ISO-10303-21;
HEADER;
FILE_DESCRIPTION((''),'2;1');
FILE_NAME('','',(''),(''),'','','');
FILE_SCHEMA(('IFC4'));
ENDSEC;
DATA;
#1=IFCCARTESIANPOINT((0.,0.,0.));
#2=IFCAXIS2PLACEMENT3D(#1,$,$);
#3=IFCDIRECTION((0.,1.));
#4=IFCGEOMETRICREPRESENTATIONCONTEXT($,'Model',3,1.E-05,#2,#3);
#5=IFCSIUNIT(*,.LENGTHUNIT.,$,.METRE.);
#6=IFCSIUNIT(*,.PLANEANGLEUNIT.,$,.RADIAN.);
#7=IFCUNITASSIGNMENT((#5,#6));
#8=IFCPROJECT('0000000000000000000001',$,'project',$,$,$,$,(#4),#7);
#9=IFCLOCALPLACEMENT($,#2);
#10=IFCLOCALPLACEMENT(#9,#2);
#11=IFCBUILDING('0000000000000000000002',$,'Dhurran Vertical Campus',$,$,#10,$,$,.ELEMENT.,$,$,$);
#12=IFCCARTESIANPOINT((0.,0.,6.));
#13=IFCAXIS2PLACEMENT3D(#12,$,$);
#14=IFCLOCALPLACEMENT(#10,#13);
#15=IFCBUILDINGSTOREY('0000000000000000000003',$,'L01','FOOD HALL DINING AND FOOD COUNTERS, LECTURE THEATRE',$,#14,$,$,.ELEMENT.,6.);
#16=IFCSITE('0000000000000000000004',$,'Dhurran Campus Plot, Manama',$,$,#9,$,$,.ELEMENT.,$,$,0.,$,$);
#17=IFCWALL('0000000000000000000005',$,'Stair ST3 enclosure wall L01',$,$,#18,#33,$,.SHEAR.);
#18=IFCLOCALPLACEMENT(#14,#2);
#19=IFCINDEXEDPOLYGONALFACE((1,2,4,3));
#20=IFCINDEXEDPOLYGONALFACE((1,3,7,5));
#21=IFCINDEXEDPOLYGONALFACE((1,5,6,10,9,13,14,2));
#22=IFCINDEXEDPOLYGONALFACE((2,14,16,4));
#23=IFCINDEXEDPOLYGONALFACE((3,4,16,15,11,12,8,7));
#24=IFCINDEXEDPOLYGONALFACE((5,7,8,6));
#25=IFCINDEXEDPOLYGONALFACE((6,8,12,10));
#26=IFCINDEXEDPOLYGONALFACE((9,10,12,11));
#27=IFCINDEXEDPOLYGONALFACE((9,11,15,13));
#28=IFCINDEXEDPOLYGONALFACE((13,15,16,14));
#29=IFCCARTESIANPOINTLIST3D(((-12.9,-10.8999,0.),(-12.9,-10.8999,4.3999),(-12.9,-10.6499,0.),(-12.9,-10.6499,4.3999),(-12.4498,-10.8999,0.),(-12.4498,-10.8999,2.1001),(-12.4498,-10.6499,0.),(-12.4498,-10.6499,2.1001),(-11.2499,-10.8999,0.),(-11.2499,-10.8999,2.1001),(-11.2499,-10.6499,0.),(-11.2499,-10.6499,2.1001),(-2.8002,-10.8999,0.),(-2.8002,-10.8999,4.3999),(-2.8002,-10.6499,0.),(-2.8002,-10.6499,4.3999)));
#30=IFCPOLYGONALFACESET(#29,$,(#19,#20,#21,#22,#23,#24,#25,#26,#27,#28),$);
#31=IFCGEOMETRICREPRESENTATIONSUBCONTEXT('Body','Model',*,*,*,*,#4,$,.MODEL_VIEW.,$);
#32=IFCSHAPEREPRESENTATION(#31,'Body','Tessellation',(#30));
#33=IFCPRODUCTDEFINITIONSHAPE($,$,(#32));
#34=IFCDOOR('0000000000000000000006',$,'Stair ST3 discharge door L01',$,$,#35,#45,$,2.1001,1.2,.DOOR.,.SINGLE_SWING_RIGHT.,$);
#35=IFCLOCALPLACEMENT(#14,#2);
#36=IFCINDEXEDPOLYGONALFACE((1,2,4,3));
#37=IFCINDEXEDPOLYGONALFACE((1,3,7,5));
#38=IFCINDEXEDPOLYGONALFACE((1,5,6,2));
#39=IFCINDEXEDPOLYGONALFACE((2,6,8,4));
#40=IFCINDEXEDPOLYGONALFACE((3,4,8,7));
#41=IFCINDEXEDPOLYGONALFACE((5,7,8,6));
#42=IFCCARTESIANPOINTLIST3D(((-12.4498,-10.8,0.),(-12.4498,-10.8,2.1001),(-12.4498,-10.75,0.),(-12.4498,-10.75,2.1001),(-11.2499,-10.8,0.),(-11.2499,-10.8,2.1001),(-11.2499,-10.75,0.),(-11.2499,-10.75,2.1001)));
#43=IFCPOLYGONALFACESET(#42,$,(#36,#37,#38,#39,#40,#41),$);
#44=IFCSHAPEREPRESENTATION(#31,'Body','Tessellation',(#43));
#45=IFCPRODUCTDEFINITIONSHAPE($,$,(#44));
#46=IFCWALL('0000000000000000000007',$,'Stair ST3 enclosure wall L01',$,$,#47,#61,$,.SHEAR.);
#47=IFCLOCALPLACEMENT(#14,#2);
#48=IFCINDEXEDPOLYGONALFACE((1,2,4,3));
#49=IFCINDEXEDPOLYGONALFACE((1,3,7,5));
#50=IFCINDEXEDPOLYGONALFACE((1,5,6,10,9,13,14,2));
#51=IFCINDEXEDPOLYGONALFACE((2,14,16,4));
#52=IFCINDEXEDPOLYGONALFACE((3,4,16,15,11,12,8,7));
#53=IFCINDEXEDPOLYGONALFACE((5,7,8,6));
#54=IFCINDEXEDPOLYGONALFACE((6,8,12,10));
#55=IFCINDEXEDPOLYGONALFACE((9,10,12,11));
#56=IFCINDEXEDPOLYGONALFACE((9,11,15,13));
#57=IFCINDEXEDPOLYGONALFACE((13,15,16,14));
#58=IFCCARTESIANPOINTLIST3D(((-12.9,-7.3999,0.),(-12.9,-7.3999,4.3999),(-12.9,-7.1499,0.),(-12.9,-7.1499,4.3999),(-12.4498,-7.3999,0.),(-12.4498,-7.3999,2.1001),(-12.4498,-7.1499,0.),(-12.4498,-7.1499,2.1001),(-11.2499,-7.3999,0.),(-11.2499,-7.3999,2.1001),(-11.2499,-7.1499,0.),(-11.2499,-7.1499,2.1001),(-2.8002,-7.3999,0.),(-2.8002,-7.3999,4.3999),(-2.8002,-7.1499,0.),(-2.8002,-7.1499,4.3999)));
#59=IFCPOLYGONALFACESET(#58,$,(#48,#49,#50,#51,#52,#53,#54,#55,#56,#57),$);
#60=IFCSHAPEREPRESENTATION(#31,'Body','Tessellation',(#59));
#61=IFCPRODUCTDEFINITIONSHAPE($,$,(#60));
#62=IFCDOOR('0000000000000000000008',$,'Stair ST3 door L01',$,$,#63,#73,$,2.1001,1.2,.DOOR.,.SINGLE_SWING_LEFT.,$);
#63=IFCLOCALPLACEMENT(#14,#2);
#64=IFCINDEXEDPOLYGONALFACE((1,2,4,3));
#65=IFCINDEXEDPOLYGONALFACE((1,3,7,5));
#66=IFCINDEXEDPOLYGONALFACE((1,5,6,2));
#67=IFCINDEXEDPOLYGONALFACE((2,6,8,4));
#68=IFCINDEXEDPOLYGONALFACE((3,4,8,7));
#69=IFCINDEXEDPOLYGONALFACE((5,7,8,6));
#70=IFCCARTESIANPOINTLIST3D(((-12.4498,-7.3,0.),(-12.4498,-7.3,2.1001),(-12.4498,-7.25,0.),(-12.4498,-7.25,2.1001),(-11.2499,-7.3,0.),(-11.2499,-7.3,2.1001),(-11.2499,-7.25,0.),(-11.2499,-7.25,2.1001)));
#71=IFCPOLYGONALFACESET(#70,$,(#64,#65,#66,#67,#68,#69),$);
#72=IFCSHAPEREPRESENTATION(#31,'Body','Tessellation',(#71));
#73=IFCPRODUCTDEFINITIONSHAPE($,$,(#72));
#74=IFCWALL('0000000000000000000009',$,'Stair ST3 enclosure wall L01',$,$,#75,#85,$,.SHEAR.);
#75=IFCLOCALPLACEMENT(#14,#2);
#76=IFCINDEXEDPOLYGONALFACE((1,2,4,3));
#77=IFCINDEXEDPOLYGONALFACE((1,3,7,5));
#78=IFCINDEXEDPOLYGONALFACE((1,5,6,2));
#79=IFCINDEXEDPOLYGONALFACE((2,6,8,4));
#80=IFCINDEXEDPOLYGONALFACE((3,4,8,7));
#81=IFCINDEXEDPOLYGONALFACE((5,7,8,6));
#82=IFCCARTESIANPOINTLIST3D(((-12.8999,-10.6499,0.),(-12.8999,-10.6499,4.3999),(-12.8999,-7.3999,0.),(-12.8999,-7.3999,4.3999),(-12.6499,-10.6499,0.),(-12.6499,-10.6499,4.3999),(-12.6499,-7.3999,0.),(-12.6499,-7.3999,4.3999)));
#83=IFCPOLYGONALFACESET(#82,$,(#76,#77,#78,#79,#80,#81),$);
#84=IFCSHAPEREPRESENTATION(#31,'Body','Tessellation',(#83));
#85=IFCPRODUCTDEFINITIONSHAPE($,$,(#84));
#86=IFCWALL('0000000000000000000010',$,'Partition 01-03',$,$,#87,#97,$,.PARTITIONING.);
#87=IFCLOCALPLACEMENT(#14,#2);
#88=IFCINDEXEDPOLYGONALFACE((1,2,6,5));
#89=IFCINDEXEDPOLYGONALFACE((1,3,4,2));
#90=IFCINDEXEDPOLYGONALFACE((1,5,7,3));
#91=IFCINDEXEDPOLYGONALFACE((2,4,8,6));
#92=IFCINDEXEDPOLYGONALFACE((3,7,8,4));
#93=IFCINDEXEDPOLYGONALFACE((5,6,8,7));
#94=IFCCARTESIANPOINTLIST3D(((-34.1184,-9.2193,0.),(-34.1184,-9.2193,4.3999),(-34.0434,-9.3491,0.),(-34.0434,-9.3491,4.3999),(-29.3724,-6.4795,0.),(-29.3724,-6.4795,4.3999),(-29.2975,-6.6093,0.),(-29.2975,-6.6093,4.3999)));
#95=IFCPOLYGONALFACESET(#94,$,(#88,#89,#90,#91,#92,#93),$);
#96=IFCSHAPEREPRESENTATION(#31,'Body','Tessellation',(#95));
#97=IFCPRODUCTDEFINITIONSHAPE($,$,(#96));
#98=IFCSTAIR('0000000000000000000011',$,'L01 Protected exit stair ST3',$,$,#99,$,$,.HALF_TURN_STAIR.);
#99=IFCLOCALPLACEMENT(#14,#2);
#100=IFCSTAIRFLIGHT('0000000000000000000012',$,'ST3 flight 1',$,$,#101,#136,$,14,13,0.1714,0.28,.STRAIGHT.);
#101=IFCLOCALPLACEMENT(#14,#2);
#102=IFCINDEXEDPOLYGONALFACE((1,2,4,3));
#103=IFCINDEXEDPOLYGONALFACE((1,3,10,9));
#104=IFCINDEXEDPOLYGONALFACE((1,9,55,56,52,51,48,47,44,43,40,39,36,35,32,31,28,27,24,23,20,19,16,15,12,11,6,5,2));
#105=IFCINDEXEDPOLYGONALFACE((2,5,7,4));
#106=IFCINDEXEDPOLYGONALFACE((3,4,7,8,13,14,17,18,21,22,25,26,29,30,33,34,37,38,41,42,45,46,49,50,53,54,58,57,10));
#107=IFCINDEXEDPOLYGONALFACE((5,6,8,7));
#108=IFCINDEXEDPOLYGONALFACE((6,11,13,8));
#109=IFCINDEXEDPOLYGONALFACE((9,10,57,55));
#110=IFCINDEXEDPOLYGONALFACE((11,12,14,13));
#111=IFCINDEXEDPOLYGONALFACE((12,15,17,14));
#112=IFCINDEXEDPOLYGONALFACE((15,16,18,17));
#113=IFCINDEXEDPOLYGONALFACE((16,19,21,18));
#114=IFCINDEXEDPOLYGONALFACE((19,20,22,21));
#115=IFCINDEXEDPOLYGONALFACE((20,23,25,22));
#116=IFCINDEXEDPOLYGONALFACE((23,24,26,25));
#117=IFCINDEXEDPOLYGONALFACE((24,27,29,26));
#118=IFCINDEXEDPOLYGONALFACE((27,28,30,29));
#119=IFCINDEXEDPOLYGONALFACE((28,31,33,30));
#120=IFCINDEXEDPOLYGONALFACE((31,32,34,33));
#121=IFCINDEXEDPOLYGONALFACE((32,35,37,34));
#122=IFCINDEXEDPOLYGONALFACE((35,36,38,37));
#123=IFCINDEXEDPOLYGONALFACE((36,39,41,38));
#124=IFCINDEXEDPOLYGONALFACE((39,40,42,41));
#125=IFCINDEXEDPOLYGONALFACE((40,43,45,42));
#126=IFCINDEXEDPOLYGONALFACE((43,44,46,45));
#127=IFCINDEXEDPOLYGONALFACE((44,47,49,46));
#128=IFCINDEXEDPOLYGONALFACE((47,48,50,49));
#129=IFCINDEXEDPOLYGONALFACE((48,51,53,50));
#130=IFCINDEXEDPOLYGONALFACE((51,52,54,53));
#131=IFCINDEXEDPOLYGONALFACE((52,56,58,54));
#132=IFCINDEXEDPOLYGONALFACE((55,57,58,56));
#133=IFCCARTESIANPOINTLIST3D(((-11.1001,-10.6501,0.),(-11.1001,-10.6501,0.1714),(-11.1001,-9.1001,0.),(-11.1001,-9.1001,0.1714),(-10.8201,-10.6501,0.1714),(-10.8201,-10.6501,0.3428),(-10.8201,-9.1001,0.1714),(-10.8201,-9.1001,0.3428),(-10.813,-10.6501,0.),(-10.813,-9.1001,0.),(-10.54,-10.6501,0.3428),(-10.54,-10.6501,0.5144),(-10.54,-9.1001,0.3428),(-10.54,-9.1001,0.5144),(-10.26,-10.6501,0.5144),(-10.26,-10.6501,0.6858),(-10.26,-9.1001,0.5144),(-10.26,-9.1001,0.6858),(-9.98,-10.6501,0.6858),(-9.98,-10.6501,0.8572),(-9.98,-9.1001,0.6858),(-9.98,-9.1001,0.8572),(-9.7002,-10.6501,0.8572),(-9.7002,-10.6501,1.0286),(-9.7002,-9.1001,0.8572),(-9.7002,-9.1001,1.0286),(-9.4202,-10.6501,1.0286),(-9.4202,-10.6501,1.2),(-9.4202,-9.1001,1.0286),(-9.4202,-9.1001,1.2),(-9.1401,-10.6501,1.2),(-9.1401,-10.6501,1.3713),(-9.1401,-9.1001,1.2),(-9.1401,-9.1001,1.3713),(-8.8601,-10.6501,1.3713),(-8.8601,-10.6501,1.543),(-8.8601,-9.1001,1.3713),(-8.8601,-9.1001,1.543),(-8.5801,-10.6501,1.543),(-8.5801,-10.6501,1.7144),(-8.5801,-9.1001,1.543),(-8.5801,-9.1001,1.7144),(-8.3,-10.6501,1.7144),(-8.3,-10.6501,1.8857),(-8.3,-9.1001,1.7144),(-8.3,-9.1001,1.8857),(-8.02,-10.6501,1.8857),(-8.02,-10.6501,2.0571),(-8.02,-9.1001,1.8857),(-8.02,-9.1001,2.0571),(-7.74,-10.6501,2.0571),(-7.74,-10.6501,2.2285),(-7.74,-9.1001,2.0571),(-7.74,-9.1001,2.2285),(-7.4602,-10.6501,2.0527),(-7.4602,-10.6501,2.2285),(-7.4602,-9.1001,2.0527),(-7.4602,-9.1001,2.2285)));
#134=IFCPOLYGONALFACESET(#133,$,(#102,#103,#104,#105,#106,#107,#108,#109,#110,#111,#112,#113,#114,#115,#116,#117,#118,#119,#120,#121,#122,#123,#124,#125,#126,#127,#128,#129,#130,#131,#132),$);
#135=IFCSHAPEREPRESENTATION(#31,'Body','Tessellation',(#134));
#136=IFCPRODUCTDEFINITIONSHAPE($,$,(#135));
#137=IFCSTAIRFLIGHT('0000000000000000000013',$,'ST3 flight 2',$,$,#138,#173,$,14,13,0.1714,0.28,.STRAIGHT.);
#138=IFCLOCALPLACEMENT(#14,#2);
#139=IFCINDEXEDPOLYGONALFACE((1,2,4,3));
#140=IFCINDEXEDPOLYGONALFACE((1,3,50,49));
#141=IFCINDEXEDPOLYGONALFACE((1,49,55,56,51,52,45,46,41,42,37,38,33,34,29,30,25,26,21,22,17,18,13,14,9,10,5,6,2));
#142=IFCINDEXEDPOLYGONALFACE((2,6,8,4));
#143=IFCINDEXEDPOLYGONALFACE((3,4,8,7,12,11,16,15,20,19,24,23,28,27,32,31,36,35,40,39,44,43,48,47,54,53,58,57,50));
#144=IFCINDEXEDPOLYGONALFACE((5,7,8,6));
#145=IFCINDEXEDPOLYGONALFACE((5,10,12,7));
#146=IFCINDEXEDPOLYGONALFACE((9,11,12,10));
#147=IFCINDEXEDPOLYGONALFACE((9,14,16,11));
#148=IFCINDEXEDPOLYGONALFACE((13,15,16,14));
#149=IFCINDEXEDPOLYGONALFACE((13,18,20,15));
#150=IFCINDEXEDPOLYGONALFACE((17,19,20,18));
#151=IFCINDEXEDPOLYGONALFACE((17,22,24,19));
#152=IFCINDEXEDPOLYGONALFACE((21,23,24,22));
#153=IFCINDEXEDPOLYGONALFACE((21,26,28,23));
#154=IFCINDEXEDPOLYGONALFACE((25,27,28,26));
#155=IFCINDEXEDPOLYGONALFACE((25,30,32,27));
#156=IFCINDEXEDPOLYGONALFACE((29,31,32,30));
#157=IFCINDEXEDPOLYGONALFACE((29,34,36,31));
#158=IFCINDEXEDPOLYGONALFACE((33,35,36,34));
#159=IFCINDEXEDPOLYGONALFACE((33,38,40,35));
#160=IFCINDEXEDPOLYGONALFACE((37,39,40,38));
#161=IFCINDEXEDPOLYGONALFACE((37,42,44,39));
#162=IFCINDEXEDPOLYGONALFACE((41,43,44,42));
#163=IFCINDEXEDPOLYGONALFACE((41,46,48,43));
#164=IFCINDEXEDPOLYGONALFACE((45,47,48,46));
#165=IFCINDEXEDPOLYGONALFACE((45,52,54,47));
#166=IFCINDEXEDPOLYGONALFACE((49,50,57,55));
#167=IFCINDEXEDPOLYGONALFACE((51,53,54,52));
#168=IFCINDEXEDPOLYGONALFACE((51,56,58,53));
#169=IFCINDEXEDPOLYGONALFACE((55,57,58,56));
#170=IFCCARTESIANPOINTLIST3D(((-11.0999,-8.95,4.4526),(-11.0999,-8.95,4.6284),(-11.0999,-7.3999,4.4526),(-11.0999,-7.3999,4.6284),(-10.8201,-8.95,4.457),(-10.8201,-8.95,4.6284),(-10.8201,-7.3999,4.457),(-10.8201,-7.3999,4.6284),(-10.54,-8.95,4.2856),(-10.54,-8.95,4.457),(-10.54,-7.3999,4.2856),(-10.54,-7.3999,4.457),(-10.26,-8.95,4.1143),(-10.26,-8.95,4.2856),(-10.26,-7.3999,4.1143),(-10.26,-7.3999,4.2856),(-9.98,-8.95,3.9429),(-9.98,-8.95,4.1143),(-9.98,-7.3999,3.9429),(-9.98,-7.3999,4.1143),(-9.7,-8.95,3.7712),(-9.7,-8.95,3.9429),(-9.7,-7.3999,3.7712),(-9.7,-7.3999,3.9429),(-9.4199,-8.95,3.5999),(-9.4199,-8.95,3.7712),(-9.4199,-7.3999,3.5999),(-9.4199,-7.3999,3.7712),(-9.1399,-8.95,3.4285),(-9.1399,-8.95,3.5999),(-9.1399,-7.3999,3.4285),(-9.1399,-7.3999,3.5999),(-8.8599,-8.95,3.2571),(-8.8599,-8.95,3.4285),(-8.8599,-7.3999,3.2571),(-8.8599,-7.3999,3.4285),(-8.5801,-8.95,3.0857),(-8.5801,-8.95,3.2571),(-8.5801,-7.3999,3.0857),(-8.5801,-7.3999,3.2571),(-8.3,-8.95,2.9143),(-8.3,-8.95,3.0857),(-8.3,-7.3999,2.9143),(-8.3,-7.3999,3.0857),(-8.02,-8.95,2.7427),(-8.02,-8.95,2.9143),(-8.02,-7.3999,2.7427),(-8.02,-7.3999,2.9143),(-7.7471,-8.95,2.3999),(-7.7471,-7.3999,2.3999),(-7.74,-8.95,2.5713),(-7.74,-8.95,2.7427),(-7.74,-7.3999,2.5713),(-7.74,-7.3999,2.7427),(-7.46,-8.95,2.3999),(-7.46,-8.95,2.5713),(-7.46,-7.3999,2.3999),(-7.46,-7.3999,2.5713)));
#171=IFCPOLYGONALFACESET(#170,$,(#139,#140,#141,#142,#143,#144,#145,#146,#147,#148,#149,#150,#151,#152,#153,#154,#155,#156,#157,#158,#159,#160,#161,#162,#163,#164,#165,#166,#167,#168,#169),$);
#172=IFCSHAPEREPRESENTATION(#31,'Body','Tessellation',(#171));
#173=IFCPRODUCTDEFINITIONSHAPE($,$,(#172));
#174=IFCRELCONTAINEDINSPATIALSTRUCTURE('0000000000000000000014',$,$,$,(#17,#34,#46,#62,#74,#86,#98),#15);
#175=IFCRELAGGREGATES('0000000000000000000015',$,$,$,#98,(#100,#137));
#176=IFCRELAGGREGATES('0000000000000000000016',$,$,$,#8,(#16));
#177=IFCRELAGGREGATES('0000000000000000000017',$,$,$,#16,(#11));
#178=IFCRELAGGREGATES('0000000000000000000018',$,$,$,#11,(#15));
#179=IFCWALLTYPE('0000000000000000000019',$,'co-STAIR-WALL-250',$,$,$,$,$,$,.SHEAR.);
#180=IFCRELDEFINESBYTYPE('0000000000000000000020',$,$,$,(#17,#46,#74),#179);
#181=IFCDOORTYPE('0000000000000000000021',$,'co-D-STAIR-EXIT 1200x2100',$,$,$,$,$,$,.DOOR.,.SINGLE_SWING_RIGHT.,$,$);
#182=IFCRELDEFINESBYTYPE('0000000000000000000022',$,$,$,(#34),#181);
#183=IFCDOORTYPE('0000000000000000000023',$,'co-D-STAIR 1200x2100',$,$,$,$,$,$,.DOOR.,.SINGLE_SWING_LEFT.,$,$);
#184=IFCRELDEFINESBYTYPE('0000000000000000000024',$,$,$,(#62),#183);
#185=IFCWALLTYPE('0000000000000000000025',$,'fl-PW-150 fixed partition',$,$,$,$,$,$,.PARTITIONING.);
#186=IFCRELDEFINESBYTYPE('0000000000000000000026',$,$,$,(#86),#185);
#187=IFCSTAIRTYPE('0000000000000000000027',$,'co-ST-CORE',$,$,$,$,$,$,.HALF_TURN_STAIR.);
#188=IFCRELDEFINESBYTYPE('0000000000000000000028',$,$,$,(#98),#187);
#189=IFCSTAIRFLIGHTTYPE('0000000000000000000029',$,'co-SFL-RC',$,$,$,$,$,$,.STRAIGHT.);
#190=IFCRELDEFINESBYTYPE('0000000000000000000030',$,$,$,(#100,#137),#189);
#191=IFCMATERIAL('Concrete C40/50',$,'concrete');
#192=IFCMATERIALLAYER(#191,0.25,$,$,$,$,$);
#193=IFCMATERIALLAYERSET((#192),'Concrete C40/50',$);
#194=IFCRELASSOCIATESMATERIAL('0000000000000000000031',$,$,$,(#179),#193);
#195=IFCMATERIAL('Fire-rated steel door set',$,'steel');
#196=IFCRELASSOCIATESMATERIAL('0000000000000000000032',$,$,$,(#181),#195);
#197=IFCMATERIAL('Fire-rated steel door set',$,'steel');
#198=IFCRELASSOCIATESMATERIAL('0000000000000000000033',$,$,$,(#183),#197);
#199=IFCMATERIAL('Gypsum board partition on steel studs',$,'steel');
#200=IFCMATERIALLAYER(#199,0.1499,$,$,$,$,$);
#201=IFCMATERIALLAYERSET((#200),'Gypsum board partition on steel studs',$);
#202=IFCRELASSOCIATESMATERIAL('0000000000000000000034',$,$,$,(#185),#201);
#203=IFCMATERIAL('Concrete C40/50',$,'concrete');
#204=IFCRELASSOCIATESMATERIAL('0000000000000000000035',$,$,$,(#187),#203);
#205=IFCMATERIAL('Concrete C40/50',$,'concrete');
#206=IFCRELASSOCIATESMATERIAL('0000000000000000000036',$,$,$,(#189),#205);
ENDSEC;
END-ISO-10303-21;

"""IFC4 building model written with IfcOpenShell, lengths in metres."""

from ifc_helpers import new_model, si_unit, direction, frame, frame_2d, origin, place, context, subcontext, project, spatial, polyline, rectangle, outline, extrude, material, layer, layer_set, type_object, element, fill, aggregate, save


model = new_model("IFC4")

# Units and contexts
model_context = context("Model", 3, precision=1e-05, world=origin(), true_north=direction((0.0, 1.0)))
body_context = subcontext(model_context, "Body", "Model", "MODEL_VIEW")
ifc_project = project(units=[si_unit("LENGTHUNIT", "METRE"), si_unit("PLANEANGLEUNIT", "RADIAN")], contexts=[model_context])

# Site, building, storey
site_placement = place(None, origin())
site = spatial("IfcSite", under=ifc_project, at=site_placement, Name="Dhurran Campus Plot, Manama", CompositionType="ELEMENT", RefElevation=0.0)
building_placement = place(site_placement, origin())
building = spatial("IfcBuilding", under=site, at=building_placement, Name="Dhurran Vertical Campus", CompositionType="ELEMENT")
storey_placement = place(building_placement, frame((0.0, 0.0, 6.0)))
storey = spatial("IfcBuildingStorey", under=building, at=storey_placement, Name="L01", Description="FOOD HALL DINING AND FOOD COUNTERS, LECTURE THEATRE", CompositionType="ELEMENT", Elevation=6.0)

# Walls, openings, doors
ifc_material_1 = material(Name="Concrete C40/50", Category="concrete")
ifc_layer_1 = layer(ifc_material_1, 0.25)
ifc_layer_set_1 = layer_set([ifc_layer_1], Name="Concrete C40/50")
wall_type_1 = type_object("IfcWallType", Name="co-STAIR-WALL-250", PredefinedType="SHEAR", material=ifc_layer_set_1)
wall_1_placement = place(storey_placement, frame((-12.8999, -10.7749, 0.0), z_axis=(0.0, 0.0, 1.0), x_axis=(1.0, 0.0, 0.0)))
wall_1 = element("IfcWall", 1, at=wall_1_placement, inside=storey, type_object=wall_type_1, Name="Stair ST3 enclosure wall L01", PredefinedType="SHEAR", context=body_context, shape_type="SweptSolid", body=[
    extrude(rectangle(XDim=10.0999, YDim=0.25, at=frame_2d((5.0498, 0.0))), origin(), (0.0, 0.0, 1.0), 4.3999),
])
opening_1_placement = place(wall_1_placement, frame((0.45, 0.0, 0.0)))
opening_1 = element("IfcOpeningElement", 2, at=opening_1_placement, cuts=wall_1, PredefinedType="OPENING", context=body_context, shape_type="SweptSolid", body=[
    extrude(rectangle(XDim=1.2, YDim=2.1001, at=frame_2d((0.6001, 1.05))), frame((0.0, 0.135, 0.0), z_axis=(0.0, -1.0, 0.0), x_axis=(1.0, 0.0, 0.0)), (0.0, 0.0, 1.0), 0.27),
])
ifc_material_2 = material(Name="Fire-rated steel door set", Category="steel")
door_type_1 = type_object("IfcDoorType", Name="co-D-STAIR-EXIT 1200x2100", OperationType="SINGLE_SWING_RIGHT", PredefinedType="DOOR", material=ifc_material_2)
door_1_placement = place(opening_1_placement, origin())
door_1 = element("IfcDoor", 3, at=door_1_placement, inside=storey, type_object=door_type_1, Name="Stair ST3 discharge door L01", OperationType="SINGLE_SWING_RIGHT", OverallHeight=2.1001, OverallWidth=1.2, PredefinedType="DOOR", context=body_context, shape_type="SweptSolid", body=[
    extrude(rectangle(XDim=1.2, YDim=2.1001, at=frame_2d((0.6001, 1.05))), frame((0.0, 0.0249, 0.0), z_axis=(0.0, -1.0, 0.0), x_axis=(1.0, 0.0, 0.0)), (0.0, 0.0, 1.0), 0.05),
])
fill(opening_1, door_1)
wall_2_placement = place(storey_placement, frame((-12.8999, -7.2749, 0.0), z_axis=(0.0, 0.0, 1.0), x_axis=(1.0, 0.0, 0.0)))
wall_2 = element("IfcWall", 4, at=wall_2_placement, inside=storey, type_object=wall_type_1, Name="Stair ST3 enclosure wall L01", PredefinedType="SHEAR", context=body_context, shape_type="SweptSolid", body=[
    extrude(rectangle(XDim=10.0999, YDim=0.25, at=frame_2d((5.0498, 0.0))), origin(), (0.0, 0.0, 1.0), 4.3999),
])
opening_2_placement = place(wall_2_placement, frame((0.45, 0.0, 0.0)))
opening_2 = element("IfcOpeningElement", 5, at=opening_2_placement, cuts=wall_2, PredefinedType="OPENING", context=body_context, shape_type="SweptSolid", body=[
    extrude(rectangle(XDim=1.2, YDim=2.1001, at=frame_2d((0.6001, 1.05))), frame((0.0, 0.135, 0.0), z_axis=(0.0, -1.0, 0.0), x_axis=(1.0, 0.0, 0.0)), (0.0, 0.0, 1.0), 0.27),
])
ifc_material_3 = material(Name="Fire-rated steel door set", Category="steel")
door_type_2 = type_object("IfcDoorType", Name="co-D-STAIR 1200x2100", OperationType="SINGLE_SWING_LEFT", PredefinedType="DOOR", material=ifc_material_3)
door_2_placement = place(opening_2_placement, origin())
door_2 = element("IfcDoor", 6, at=door_2_placement, inside=storey, type_object=door_type_2, Name="Stair ST3 door L01", OperationType="SINGLE_SWING_LEFT", OverallHeight=2.1001, OverallWidth=1.2, PredefinedType="DOOR", context=body_context, shape_type="SweptSolid", body=[
    extrude(rectangle(XDim=1.2, YDim=2.1001, at=frame_2d((0.6001, 1.05))), frame((0.0, 0.0249, 0.0), z_axis=(0.0, -1.0, 0.0), x_axis=(1.0, 0.0, 0.0)), (0.0, 0.0, 1.0), 0.05),
])
fill(opening_2, door_2)

# Walls
wall_3_placement = place(storey_placement, frame((-12.7749, -10.6499, 0.0), z_axis=(0.0, 0.0, 1.0), x_axis=(0.0, 1.0, 0.0)))
element("IfcWall", 7, at=wall_3_placement, inside=storey, type_object=wall_type_1, Name="Stair ST3 enclosure wall L01", PredefinedType="SHEAR", context=body_context, shape_type="SweptSolid", body=[
    extrude(rectangle(XDim=3.25, YDim=0.25, at=frame_2d((1.625, 0.0))), origin(), (0.0, 0.0, 1.0), 4.3999),
])
ifc_material_4 = material(Name="Gypsum board partition on steel studs", Category="steel")
ifc_layer_2 = layer(ifc_material_4, 0.1499)
ifc_layer_set_2 = layer_set([ifc_layer_2], Name="Gypsum board partition on steel studs")
wall_type_2 = type_object("IfcWallType", Name="fl-PW-150 fixed partition", PredefinedType="PARTITIONING", material=ifc_layer_set_2)
wall_4_placement = place(storey_placement, frame((-29.335, -6.5444, 0.0), z_axis=(0.0, 0.0, 1.0), x_axis=(-0.866047, -0.499963, 0.0)))
element("IfcWall", 8, at=wall_4_placement, inside=storey, type_object=wall_type_2, Name="Partition 01-03", PredefinedType="PARTITIONING", context=body_context, shape_type="SweptSolid", body=[
    extrude(rectangle(XDim=5.48, YDim=0.1499, at=frame_2d((2.74, 0.0))), origin(), (0.0, 0.0, 1.0), 4.3999),
])

# Stair, stair flights
ifc_material_5 = material(Name="Concrete C40/50", Category="concrete")
stair_type = type_object("IfcStairType", Name="co-ST-CORE", PredefinedType="HALF_TURN_STAIR", material=ifc_material_5)
stair_placement = place(storey_placement, origin())
stair = element("IfcStair", 9, at=stair_placement, inside=storey, type_object=stair_type, Name="L01 Protected exit stair ST3", PredefinedType="HALF_TURN_STAIR")
ifc_material_6 = material(Name="Concrete C40/50", Category="concrete")
stair_flight_type = type_object("IfcStairFlightType", Name="co-SFL-RC", PredefinedType="STRAIGHT", material=ifc_material_6)
stair_flight_1_placement = place(storey_placement, frame((-11.1001, -9.875, 0.0), z_axis=(0.0, 0.0, 1.0), x_axis=(1.0, 0.0, 0.0)))
stair_flight_1 = element("IfcStairFlight", 10, at=stair_flight_1_placement, type_object=stair_flight_type, Name="ST3 flight 1", NumberOfRisers=14, NumberOfTreads=13, PredefinedType="STRAIGHT", RiserHeight=0.1714, TreadLength=0.28, context=body_context, shape_type="SweptSolid", body=[
    extrude(outline(polyline([(0.0, 0.0), (0.0, 0.1714), (0.28, 0.1714), (0.28, 0.3428), (0.5601, 0.3428), (0.5601, 0.5144), (0.8401, 0.5144), (0.8401, 0.6858), (1.1201, 0.6858), (1.1201, 0.8572), (1.3999, 0.8572), (1.3999, 1.0286), (1.6799, 1.0286), (1.6799, 1.2), (1.96, 1.2), (1.96, 1.3713), (2.24, 1.3713), (2.24, 1.543), (2.52, 1.543), (2.52, 1.7144), (2.8, 1.7144), (2.8, 1.8857), (3.0801, 1.8857), (3.0801, 2.0571), (3.3601, 2.0571), (3.3601, 2.2285), (3.6399, 2.2285), (3.6399, 2.3999), (3.6399, 2.0527), (0.2871, 0.0), (0.0, 0.0)])), frame((0.0, 0.7749, 0.0), z_axis=(0.0, -1.0, 0.0), x_axis=(1.0, 0.0, 0.0)), (0.0, 0.0, 1.0), 1.55),
])
stair_flight_2_placement = place(storey_placement, frame((-7.46, -8.175, 2.3999), z_axis=(0.0, 0.0, 1.0), x_axis=(-1.0, 0.0, 0.0)))
stair_flight_2 = element("IfcStairFlight", 11, at=stair_flight_2_placement, type_object=stair_flight_type, Name="ST3 flight 2", NumberOfRisers=14, NumberOfTreads=13, PredefinedType="STRAIGHT", RiserHeight=0.1714, TreadLength=0.28, context=body_context, shape_type="SweptSolid", body=[
    extrude(outline(polyline([(0.0, 0.0), (0.0, 0.1714), (0.28, 0.1714), (0.28, 0.3428), (0.5601, 0.3428), (0.5601, 0.5144), (0.8401, 0.5144), (0.8401, 0.6858), (1.1201, 0.6858), (1.1201, 0.8572), (1.3999, 0.8572), (1.3999, 1.0286), (1.6799, 1.0286), (1.6799, 1.2), (1.96, 1.2), (1.96, 1.3713), (2.24, 1.3713), (2.24, 1.543), (2.52, 1.543), (2.52, 1.7144), (2.8, 1.7144), (2.8, 1.8857), (3.0801, 1.8857), (3.0801, 2.0571), (3.3601, 2.0571), (3.3601, 2.2285), (3.6399, 2.2285), (3.6399, 2.3999), (3.6399, 2.0527), (0.2871, 0.0), (0.0, 0.0)])), frame((0.0, 0.7749, 0.0), z_axis=(0.0, -1.0, 0.0), x_axis=(1.0, 0.0, 0.0)), (0.0, 0.0, 1.0), 1.55),
])
aggregate(stair, [stair_flight_1, stair_flight_2])

save(model, "model.ifc")
